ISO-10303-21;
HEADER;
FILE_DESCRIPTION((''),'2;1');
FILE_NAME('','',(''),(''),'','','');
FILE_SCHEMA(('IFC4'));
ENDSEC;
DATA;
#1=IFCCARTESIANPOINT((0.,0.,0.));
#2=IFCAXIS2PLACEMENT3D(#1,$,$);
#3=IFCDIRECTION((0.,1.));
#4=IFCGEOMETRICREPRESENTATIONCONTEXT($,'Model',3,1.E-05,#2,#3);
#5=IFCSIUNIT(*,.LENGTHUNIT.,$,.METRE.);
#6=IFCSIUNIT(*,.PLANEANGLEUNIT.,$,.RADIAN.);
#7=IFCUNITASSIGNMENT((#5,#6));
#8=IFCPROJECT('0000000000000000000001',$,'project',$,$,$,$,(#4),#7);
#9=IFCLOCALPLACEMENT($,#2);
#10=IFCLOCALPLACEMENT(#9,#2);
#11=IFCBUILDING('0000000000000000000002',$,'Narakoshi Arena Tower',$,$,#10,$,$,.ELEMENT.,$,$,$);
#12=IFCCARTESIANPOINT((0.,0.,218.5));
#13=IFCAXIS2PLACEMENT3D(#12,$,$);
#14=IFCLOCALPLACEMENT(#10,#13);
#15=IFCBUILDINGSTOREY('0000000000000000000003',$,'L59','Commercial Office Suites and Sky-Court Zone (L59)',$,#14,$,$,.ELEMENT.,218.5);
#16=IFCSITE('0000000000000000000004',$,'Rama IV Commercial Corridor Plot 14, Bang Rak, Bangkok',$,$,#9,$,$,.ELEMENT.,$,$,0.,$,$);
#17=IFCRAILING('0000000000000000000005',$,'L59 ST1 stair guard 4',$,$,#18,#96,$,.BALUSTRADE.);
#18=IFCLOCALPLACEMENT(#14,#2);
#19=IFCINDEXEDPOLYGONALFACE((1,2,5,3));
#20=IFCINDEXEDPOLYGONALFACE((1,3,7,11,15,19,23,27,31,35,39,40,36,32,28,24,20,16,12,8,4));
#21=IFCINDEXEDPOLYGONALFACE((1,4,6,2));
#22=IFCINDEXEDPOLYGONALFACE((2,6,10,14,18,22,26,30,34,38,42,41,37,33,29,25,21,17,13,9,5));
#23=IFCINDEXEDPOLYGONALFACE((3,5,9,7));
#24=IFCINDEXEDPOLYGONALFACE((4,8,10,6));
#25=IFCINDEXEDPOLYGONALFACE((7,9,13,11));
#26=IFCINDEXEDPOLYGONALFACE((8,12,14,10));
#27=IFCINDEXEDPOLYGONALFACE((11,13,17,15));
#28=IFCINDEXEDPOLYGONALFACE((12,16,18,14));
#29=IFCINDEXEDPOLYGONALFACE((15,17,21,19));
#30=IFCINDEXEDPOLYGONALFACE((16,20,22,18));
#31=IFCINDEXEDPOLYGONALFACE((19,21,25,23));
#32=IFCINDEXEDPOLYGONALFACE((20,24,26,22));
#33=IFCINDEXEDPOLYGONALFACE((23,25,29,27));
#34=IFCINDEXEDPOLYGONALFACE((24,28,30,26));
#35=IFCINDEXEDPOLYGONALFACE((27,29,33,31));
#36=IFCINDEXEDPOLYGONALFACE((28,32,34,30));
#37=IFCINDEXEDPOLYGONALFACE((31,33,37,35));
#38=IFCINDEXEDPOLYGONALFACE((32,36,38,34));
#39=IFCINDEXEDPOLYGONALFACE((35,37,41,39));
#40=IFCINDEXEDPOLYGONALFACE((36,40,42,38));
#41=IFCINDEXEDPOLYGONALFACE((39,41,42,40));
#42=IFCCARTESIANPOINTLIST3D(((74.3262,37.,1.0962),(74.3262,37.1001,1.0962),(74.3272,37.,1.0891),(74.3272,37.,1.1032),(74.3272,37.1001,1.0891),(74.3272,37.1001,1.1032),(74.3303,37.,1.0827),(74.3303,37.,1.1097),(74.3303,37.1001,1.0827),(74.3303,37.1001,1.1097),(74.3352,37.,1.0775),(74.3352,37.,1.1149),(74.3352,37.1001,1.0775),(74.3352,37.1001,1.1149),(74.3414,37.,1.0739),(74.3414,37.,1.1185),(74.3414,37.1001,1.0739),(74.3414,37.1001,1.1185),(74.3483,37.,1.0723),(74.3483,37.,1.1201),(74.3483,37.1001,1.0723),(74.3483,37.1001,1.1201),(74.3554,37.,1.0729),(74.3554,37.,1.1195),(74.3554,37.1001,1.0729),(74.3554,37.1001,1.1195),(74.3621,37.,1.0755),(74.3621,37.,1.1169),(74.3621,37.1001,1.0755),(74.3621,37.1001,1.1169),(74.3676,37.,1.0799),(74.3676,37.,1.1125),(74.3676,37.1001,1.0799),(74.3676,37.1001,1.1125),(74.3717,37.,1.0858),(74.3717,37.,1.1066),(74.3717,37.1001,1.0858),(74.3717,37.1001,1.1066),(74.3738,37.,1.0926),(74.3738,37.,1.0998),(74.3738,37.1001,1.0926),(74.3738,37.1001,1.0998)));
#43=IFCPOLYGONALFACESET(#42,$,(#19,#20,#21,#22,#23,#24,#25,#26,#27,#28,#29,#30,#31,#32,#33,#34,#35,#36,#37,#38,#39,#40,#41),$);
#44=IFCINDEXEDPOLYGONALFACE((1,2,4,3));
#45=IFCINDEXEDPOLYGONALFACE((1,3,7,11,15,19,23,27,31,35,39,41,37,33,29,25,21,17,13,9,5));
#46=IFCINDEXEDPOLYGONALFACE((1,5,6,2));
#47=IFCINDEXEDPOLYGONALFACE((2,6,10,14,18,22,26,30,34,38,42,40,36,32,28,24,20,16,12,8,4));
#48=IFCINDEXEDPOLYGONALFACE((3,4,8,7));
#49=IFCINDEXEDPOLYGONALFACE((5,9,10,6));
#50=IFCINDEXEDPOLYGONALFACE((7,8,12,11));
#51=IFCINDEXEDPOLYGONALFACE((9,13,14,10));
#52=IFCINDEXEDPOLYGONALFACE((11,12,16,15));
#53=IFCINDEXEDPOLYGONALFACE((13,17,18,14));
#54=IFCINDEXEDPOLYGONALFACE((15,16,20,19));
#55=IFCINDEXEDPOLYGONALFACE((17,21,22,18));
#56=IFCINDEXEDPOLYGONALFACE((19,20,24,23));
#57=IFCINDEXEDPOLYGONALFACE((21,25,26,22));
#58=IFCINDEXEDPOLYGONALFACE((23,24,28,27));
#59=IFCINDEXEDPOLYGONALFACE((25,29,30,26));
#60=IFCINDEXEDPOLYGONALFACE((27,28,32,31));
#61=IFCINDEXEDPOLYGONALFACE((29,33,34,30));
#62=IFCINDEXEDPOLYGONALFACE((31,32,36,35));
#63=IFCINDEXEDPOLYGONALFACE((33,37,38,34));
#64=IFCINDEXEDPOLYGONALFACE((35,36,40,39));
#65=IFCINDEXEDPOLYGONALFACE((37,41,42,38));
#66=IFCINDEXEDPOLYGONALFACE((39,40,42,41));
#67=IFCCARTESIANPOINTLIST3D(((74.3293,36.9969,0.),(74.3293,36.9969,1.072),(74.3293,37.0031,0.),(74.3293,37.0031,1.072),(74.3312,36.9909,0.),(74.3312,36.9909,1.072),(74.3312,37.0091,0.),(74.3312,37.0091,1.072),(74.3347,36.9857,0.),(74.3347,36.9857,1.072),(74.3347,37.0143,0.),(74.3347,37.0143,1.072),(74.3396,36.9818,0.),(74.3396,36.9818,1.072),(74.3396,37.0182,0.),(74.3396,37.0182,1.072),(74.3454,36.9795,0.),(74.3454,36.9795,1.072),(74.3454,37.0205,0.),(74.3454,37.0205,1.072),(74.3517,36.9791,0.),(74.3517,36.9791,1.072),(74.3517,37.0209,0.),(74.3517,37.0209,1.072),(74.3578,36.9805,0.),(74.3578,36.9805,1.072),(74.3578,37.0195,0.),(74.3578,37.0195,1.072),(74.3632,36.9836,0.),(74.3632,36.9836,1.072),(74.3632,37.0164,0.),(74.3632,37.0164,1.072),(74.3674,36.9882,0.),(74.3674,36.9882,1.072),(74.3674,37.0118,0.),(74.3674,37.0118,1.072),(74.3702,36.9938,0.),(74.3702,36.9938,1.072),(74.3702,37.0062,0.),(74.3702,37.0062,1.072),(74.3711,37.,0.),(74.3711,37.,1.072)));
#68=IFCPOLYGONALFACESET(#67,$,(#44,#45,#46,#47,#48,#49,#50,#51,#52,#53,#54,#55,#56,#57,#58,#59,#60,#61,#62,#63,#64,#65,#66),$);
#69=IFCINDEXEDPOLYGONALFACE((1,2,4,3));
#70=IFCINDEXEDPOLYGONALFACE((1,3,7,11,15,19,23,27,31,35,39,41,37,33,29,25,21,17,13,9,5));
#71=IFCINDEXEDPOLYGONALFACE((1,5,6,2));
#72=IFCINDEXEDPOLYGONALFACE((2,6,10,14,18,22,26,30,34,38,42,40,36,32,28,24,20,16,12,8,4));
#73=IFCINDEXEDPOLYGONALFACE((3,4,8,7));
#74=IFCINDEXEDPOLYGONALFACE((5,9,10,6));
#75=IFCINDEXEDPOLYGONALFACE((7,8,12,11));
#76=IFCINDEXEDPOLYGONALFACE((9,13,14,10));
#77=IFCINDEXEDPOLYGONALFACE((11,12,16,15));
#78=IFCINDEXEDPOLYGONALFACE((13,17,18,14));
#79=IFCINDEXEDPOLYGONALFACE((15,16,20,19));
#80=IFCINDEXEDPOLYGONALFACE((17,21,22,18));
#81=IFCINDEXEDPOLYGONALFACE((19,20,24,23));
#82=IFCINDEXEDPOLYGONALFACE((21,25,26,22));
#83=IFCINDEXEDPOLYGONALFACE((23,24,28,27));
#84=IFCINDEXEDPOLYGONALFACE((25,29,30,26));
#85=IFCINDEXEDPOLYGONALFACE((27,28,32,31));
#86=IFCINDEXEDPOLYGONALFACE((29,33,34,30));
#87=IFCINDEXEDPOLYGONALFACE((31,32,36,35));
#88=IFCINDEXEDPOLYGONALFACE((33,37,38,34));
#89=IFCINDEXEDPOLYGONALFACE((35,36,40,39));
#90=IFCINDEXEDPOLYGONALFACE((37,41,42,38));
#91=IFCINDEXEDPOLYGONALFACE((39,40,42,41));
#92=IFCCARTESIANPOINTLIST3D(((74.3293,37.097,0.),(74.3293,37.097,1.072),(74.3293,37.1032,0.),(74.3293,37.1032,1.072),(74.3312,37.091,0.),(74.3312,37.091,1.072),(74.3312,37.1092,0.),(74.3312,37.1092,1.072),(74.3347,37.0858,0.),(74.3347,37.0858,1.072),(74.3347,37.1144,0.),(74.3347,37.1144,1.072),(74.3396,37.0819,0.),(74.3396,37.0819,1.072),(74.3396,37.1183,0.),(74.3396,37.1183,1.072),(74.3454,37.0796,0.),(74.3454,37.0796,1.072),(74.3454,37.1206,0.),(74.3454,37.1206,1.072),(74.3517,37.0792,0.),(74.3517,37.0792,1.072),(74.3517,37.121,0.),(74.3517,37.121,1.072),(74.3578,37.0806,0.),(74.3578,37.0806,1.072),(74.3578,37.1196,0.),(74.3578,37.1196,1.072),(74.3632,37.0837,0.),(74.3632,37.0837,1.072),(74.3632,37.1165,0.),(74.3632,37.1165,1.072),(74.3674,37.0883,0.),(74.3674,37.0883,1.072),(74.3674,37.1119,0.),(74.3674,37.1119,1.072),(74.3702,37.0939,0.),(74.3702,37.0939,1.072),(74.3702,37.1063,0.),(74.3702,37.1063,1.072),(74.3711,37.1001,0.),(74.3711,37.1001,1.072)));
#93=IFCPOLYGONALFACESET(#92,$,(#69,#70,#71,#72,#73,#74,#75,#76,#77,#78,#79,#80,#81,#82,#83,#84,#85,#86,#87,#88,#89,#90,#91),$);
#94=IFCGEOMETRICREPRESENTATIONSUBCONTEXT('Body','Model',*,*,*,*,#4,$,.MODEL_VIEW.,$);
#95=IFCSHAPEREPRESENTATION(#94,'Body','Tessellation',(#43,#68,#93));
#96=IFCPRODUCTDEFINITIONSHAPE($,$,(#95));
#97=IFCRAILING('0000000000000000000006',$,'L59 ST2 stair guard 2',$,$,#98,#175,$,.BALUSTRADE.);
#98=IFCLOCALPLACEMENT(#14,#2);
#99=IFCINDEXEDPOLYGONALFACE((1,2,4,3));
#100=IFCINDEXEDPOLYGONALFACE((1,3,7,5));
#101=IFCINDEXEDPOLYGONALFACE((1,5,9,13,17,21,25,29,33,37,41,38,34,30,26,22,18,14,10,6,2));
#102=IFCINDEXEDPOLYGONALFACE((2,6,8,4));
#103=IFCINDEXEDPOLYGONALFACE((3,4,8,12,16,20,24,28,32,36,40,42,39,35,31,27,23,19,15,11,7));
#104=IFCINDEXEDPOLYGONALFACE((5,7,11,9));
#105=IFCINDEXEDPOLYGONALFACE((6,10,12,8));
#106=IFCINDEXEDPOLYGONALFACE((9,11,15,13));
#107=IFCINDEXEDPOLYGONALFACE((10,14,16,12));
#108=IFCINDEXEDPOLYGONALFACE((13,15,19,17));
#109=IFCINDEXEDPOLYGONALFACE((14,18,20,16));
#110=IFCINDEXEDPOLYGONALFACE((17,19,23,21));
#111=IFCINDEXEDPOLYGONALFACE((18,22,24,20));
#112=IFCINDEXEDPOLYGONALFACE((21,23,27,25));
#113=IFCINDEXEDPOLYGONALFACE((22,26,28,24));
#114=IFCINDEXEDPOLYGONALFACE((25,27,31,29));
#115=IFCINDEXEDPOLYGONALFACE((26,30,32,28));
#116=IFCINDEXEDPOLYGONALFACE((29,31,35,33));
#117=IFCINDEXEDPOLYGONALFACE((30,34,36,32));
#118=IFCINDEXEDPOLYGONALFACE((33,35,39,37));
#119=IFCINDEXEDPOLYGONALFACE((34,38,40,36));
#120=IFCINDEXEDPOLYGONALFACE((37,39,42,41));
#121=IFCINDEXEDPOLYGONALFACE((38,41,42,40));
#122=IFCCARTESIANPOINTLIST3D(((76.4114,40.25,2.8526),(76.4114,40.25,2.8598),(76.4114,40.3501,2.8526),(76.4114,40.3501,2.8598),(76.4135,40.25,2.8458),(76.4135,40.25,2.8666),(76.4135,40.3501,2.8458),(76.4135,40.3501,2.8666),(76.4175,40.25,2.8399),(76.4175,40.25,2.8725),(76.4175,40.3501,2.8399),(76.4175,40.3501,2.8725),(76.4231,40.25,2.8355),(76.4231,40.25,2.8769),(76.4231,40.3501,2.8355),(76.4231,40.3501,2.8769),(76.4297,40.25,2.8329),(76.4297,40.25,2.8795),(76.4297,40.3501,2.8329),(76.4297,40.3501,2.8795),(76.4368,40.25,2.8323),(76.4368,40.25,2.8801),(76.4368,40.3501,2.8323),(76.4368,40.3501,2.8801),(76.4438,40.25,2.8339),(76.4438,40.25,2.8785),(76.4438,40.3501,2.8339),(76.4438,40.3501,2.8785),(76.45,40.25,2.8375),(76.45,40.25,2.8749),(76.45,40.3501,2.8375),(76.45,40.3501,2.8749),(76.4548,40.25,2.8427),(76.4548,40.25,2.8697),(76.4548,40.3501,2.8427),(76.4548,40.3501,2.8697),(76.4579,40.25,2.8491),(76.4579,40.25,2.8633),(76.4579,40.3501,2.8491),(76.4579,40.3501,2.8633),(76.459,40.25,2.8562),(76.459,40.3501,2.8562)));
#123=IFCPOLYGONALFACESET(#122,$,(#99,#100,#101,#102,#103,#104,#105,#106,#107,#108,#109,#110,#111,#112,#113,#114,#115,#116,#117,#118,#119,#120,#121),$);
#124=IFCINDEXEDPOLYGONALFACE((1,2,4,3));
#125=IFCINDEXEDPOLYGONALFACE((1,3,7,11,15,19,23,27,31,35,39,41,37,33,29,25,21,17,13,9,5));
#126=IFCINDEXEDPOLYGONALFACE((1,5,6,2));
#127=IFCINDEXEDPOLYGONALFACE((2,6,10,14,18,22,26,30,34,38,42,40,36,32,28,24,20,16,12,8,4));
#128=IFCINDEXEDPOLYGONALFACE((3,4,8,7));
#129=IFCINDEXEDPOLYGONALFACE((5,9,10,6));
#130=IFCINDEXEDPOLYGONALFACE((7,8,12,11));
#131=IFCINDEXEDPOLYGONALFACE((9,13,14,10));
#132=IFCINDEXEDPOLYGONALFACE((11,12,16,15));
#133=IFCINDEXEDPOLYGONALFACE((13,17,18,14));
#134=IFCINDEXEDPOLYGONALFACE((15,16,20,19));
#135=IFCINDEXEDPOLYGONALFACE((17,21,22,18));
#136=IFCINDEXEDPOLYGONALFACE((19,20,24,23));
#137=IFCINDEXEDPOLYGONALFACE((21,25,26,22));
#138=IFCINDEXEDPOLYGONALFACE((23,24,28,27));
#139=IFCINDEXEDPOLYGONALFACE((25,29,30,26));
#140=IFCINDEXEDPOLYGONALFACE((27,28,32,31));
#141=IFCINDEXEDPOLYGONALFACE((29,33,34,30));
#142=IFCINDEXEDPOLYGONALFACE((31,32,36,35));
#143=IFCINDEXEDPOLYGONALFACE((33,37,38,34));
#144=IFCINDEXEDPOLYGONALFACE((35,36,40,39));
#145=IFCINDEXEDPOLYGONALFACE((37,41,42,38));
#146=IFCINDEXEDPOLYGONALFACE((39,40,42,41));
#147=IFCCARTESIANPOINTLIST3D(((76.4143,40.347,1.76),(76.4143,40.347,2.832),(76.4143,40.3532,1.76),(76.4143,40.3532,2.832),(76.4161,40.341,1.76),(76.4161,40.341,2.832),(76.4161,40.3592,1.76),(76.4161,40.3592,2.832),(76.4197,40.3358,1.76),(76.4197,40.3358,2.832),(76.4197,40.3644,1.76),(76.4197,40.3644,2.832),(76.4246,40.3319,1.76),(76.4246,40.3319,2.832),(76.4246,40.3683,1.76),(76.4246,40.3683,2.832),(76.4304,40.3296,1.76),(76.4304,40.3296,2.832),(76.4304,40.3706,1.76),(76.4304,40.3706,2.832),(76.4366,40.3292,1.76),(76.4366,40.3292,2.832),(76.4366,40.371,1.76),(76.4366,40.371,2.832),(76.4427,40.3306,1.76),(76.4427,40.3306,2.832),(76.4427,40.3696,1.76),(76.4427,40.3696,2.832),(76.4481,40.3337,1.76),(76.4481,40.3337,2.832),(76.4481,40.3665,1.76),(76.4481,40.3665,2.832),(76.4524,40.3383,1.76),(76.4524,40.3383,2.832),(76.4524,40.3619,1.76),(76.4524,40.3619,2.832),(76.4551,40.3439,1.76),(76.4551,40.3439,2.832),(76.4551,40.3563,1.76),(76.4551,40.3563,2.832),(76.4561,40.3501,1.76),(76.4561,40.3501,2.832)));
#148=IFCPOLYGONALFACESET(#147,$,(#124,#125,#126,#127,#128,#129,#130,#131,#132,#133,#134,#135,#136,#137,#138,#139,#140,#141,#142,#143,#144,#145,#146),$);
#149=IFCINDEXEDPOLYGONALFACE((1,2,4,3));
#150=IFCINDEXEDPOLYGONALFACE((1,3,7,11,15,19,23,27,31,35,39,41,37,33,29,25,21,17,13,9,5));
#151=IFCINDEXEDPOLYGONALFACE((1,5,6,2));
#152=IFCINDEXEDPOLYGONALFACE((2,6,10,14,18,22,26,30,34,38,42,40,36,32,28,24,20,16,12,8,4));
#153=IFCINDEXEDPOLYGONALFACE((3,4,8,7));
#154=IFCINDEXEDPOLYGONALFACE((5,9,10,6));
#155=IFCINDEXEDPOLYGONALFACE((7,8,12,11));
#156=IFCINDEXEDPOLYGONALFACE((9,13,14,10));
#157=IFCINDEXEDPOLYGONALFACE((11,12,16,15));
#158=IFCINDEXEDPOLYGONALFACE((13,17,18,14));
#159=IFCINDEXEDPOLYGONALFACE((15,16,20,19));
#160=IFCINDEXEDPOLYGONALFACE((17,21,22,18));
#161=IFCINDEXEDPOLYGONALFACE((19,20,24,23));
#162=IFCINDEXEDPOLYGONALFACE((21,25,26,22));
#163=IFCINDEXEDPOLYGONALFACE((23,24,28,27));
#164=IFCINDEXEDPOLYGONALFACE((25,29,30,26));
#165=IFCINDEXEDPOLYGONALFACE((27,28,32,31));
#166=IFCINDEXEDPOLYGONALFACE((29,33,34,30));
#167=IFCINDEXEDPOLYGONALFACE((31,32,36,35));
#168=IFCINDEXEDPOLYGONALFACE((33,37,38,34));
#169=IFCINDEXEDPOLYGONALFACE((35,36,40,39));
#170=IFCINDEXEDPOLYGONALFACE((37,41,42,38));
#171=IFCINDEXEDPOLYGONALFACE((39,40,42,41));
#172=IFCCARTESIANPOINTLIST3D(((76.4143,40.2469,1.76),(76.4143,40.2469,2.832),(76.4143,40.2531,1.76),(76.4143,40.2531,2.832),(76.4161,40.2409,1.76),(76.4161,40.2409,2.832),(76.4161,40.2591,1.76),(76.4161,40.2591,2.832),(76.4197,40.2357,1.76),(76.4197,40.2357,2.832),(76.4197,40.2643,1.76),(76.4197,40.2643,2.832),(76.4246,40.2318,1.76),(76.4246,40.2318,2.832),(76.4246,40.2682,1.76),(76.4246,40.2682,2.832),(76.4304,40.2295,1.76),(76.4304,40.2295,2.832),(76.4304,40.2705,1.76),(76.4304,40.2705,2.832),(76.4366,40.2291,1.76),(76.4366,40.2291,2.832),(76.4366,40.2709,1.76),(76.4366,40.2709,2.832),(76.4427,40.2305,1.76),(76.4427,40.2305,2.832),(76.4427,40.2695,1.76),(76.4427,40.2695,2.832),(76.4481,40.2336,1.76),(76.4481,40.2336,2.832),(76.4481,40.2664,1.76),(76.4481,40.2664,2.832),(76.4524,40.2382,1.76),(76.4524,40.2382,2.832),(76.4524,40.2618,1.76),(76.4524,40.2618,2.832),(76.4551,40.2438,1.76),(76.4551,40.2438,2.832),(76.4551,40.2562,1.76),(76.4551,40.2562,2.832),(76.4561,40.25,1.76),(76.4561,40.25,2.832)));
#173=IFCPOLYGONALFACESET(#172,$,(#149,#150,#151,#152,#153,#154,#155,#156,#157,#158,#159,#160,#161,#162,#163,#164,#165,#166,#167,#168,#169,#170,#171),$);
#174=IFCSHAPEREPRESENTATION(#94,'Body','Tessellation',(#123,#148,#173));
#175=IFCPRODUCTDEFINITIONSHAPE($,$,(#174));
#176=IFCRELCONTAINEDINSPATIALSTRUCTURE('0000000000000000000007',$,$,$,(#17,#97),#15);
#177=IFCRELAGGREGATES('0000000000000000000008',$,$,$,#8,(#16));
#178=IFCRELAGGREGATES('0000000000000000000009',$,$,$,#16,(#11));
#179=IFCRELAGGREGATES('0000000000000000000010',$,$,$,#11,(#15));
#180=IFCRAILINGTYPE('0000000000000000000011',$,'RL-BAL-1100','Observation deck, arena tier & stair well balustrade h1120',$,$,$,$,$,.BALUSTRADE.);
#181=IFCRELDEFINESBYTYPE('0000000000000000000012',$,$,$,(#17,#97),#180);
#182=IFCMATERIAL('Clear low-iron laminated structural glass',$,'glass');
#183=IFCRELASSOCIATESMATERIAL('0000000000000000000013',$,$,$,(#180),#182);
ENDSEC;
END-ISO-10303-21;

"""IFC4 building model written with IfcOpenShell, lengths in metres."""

from ifc_helpers import new_model, si_unit, direction, frame, origin, origin_2d, place, context, subcontext, project, spatial, circle, extrude, material, type_object, element, save


model = new_model("IFC4")

# Units and contexts
model_context = context("Model", 3, precision=1e-05, world=origin(), true_north=direction((0.0, 1.0)))
body_context = subcontext(model_context, "Body", "Model", "MODEL_VIEW")
ifc_project = project(units=[si_unit("LENGTHUNIT", "METRE"), si_unit("PLANEANGLEUNIT", "RADIAN")], contexts=[model_context])

# Site, building, storey
site_placement = place(None, origin())
site = spatial("IfcSite", under=ifc_project, at=site_placement, Name="Rama IV Commercial Corridor Plot 14, Bang Rak, Bangkok", CompositionType="ELEMENT", RefElevation=0.0)
building_placement = place(site_placement, origin())
building = spatial("IfcBuilding", under=site, at=building_placement, Name="Narakoshi Arena Tower", CompositionType="ELEMENT")
storey_placement = place(building_placement, frame((0.0, 0.0, 218.5)))
storey = spatial("IfcBuildingStorey", under=building, at=storey_placement, Name="L59", Description="Commercial Office Suites and Sky-Court Zone (L59)", CompositionType="ELEMENT", Elevation=218.5)

# Railings
ifc_material_1 = material(Name="Clear low-iron laminated structural glass", Category="glass")
railing_type_1 = type_object("IfcRailingType", Name="RL-BAL-1100", Description="Observation deck, arena tier & stair well balustrade h1120", PredefinedType="BALUSTRADE", material=ifc_material_1)
railing_1_placement = place(storey_placement, frame((74.3501, 37.0, 0.0)))
element("IfcRailing", 1, at=railing_1_placement, inside=storey, type_object=railing_type_1, Name="L59 ST1 stair guard 4", PredefinedType="BALUSTRADE", context=body_context, shape_type="SweptSolid", body=[
    extrude(circle(Radius=0.0239, at=origin_2d()), frame((0.0, 0.0, 1.0962), z_axis=(0.0, 1.0, 0.0), x_axis=(-1.0, 0.0, 0.0)), (0.0, 0.0, 1.0), 0.1001),
    extrude(circle(Radius=0.021, at=origin_2d()), origin(), (0.0, 0.0, 1.0), 1.072),
    extrude(circle(Radius=0.021, at=origin_2d()), frame((0.0, 0.1001, 0.0)), (0.0, 0.0, 1.0), 1.072),
])
railing_2_placement = place(storey_placement, frame((76.4351, 40.3501, 1.76)))
element("IfcRailing", 2, at=railing_2_placement, inside=storey, type_object=railing_type_1, Name="L59 ST2 stair guard 2", PredefinedType="BALUSTRADE", context=body_context, shape_type="SweptSolid", body=[
    extrude(circle(Radius=0.0239, at=origin_2d()), frame((0.0, 0.0, 1.0962), z_axis=(0.0, -1.0, 0.0), x_axis=(1.0, 0.0, 0.0)), (0.0, 0.0, 1.0), 0.1001),
    extrude(circle(Radius=0.021, at=origin_2d()), origin(), (0.0, 0.0, 1.0), 1.072),
    extrude(circle(Radius=0.021, at=origin_2d()), frame((0.0, -0.1001, 0.0)), (0.0, 0.0, 1.0), 1.072),
])

save(model, "model.ifc")
